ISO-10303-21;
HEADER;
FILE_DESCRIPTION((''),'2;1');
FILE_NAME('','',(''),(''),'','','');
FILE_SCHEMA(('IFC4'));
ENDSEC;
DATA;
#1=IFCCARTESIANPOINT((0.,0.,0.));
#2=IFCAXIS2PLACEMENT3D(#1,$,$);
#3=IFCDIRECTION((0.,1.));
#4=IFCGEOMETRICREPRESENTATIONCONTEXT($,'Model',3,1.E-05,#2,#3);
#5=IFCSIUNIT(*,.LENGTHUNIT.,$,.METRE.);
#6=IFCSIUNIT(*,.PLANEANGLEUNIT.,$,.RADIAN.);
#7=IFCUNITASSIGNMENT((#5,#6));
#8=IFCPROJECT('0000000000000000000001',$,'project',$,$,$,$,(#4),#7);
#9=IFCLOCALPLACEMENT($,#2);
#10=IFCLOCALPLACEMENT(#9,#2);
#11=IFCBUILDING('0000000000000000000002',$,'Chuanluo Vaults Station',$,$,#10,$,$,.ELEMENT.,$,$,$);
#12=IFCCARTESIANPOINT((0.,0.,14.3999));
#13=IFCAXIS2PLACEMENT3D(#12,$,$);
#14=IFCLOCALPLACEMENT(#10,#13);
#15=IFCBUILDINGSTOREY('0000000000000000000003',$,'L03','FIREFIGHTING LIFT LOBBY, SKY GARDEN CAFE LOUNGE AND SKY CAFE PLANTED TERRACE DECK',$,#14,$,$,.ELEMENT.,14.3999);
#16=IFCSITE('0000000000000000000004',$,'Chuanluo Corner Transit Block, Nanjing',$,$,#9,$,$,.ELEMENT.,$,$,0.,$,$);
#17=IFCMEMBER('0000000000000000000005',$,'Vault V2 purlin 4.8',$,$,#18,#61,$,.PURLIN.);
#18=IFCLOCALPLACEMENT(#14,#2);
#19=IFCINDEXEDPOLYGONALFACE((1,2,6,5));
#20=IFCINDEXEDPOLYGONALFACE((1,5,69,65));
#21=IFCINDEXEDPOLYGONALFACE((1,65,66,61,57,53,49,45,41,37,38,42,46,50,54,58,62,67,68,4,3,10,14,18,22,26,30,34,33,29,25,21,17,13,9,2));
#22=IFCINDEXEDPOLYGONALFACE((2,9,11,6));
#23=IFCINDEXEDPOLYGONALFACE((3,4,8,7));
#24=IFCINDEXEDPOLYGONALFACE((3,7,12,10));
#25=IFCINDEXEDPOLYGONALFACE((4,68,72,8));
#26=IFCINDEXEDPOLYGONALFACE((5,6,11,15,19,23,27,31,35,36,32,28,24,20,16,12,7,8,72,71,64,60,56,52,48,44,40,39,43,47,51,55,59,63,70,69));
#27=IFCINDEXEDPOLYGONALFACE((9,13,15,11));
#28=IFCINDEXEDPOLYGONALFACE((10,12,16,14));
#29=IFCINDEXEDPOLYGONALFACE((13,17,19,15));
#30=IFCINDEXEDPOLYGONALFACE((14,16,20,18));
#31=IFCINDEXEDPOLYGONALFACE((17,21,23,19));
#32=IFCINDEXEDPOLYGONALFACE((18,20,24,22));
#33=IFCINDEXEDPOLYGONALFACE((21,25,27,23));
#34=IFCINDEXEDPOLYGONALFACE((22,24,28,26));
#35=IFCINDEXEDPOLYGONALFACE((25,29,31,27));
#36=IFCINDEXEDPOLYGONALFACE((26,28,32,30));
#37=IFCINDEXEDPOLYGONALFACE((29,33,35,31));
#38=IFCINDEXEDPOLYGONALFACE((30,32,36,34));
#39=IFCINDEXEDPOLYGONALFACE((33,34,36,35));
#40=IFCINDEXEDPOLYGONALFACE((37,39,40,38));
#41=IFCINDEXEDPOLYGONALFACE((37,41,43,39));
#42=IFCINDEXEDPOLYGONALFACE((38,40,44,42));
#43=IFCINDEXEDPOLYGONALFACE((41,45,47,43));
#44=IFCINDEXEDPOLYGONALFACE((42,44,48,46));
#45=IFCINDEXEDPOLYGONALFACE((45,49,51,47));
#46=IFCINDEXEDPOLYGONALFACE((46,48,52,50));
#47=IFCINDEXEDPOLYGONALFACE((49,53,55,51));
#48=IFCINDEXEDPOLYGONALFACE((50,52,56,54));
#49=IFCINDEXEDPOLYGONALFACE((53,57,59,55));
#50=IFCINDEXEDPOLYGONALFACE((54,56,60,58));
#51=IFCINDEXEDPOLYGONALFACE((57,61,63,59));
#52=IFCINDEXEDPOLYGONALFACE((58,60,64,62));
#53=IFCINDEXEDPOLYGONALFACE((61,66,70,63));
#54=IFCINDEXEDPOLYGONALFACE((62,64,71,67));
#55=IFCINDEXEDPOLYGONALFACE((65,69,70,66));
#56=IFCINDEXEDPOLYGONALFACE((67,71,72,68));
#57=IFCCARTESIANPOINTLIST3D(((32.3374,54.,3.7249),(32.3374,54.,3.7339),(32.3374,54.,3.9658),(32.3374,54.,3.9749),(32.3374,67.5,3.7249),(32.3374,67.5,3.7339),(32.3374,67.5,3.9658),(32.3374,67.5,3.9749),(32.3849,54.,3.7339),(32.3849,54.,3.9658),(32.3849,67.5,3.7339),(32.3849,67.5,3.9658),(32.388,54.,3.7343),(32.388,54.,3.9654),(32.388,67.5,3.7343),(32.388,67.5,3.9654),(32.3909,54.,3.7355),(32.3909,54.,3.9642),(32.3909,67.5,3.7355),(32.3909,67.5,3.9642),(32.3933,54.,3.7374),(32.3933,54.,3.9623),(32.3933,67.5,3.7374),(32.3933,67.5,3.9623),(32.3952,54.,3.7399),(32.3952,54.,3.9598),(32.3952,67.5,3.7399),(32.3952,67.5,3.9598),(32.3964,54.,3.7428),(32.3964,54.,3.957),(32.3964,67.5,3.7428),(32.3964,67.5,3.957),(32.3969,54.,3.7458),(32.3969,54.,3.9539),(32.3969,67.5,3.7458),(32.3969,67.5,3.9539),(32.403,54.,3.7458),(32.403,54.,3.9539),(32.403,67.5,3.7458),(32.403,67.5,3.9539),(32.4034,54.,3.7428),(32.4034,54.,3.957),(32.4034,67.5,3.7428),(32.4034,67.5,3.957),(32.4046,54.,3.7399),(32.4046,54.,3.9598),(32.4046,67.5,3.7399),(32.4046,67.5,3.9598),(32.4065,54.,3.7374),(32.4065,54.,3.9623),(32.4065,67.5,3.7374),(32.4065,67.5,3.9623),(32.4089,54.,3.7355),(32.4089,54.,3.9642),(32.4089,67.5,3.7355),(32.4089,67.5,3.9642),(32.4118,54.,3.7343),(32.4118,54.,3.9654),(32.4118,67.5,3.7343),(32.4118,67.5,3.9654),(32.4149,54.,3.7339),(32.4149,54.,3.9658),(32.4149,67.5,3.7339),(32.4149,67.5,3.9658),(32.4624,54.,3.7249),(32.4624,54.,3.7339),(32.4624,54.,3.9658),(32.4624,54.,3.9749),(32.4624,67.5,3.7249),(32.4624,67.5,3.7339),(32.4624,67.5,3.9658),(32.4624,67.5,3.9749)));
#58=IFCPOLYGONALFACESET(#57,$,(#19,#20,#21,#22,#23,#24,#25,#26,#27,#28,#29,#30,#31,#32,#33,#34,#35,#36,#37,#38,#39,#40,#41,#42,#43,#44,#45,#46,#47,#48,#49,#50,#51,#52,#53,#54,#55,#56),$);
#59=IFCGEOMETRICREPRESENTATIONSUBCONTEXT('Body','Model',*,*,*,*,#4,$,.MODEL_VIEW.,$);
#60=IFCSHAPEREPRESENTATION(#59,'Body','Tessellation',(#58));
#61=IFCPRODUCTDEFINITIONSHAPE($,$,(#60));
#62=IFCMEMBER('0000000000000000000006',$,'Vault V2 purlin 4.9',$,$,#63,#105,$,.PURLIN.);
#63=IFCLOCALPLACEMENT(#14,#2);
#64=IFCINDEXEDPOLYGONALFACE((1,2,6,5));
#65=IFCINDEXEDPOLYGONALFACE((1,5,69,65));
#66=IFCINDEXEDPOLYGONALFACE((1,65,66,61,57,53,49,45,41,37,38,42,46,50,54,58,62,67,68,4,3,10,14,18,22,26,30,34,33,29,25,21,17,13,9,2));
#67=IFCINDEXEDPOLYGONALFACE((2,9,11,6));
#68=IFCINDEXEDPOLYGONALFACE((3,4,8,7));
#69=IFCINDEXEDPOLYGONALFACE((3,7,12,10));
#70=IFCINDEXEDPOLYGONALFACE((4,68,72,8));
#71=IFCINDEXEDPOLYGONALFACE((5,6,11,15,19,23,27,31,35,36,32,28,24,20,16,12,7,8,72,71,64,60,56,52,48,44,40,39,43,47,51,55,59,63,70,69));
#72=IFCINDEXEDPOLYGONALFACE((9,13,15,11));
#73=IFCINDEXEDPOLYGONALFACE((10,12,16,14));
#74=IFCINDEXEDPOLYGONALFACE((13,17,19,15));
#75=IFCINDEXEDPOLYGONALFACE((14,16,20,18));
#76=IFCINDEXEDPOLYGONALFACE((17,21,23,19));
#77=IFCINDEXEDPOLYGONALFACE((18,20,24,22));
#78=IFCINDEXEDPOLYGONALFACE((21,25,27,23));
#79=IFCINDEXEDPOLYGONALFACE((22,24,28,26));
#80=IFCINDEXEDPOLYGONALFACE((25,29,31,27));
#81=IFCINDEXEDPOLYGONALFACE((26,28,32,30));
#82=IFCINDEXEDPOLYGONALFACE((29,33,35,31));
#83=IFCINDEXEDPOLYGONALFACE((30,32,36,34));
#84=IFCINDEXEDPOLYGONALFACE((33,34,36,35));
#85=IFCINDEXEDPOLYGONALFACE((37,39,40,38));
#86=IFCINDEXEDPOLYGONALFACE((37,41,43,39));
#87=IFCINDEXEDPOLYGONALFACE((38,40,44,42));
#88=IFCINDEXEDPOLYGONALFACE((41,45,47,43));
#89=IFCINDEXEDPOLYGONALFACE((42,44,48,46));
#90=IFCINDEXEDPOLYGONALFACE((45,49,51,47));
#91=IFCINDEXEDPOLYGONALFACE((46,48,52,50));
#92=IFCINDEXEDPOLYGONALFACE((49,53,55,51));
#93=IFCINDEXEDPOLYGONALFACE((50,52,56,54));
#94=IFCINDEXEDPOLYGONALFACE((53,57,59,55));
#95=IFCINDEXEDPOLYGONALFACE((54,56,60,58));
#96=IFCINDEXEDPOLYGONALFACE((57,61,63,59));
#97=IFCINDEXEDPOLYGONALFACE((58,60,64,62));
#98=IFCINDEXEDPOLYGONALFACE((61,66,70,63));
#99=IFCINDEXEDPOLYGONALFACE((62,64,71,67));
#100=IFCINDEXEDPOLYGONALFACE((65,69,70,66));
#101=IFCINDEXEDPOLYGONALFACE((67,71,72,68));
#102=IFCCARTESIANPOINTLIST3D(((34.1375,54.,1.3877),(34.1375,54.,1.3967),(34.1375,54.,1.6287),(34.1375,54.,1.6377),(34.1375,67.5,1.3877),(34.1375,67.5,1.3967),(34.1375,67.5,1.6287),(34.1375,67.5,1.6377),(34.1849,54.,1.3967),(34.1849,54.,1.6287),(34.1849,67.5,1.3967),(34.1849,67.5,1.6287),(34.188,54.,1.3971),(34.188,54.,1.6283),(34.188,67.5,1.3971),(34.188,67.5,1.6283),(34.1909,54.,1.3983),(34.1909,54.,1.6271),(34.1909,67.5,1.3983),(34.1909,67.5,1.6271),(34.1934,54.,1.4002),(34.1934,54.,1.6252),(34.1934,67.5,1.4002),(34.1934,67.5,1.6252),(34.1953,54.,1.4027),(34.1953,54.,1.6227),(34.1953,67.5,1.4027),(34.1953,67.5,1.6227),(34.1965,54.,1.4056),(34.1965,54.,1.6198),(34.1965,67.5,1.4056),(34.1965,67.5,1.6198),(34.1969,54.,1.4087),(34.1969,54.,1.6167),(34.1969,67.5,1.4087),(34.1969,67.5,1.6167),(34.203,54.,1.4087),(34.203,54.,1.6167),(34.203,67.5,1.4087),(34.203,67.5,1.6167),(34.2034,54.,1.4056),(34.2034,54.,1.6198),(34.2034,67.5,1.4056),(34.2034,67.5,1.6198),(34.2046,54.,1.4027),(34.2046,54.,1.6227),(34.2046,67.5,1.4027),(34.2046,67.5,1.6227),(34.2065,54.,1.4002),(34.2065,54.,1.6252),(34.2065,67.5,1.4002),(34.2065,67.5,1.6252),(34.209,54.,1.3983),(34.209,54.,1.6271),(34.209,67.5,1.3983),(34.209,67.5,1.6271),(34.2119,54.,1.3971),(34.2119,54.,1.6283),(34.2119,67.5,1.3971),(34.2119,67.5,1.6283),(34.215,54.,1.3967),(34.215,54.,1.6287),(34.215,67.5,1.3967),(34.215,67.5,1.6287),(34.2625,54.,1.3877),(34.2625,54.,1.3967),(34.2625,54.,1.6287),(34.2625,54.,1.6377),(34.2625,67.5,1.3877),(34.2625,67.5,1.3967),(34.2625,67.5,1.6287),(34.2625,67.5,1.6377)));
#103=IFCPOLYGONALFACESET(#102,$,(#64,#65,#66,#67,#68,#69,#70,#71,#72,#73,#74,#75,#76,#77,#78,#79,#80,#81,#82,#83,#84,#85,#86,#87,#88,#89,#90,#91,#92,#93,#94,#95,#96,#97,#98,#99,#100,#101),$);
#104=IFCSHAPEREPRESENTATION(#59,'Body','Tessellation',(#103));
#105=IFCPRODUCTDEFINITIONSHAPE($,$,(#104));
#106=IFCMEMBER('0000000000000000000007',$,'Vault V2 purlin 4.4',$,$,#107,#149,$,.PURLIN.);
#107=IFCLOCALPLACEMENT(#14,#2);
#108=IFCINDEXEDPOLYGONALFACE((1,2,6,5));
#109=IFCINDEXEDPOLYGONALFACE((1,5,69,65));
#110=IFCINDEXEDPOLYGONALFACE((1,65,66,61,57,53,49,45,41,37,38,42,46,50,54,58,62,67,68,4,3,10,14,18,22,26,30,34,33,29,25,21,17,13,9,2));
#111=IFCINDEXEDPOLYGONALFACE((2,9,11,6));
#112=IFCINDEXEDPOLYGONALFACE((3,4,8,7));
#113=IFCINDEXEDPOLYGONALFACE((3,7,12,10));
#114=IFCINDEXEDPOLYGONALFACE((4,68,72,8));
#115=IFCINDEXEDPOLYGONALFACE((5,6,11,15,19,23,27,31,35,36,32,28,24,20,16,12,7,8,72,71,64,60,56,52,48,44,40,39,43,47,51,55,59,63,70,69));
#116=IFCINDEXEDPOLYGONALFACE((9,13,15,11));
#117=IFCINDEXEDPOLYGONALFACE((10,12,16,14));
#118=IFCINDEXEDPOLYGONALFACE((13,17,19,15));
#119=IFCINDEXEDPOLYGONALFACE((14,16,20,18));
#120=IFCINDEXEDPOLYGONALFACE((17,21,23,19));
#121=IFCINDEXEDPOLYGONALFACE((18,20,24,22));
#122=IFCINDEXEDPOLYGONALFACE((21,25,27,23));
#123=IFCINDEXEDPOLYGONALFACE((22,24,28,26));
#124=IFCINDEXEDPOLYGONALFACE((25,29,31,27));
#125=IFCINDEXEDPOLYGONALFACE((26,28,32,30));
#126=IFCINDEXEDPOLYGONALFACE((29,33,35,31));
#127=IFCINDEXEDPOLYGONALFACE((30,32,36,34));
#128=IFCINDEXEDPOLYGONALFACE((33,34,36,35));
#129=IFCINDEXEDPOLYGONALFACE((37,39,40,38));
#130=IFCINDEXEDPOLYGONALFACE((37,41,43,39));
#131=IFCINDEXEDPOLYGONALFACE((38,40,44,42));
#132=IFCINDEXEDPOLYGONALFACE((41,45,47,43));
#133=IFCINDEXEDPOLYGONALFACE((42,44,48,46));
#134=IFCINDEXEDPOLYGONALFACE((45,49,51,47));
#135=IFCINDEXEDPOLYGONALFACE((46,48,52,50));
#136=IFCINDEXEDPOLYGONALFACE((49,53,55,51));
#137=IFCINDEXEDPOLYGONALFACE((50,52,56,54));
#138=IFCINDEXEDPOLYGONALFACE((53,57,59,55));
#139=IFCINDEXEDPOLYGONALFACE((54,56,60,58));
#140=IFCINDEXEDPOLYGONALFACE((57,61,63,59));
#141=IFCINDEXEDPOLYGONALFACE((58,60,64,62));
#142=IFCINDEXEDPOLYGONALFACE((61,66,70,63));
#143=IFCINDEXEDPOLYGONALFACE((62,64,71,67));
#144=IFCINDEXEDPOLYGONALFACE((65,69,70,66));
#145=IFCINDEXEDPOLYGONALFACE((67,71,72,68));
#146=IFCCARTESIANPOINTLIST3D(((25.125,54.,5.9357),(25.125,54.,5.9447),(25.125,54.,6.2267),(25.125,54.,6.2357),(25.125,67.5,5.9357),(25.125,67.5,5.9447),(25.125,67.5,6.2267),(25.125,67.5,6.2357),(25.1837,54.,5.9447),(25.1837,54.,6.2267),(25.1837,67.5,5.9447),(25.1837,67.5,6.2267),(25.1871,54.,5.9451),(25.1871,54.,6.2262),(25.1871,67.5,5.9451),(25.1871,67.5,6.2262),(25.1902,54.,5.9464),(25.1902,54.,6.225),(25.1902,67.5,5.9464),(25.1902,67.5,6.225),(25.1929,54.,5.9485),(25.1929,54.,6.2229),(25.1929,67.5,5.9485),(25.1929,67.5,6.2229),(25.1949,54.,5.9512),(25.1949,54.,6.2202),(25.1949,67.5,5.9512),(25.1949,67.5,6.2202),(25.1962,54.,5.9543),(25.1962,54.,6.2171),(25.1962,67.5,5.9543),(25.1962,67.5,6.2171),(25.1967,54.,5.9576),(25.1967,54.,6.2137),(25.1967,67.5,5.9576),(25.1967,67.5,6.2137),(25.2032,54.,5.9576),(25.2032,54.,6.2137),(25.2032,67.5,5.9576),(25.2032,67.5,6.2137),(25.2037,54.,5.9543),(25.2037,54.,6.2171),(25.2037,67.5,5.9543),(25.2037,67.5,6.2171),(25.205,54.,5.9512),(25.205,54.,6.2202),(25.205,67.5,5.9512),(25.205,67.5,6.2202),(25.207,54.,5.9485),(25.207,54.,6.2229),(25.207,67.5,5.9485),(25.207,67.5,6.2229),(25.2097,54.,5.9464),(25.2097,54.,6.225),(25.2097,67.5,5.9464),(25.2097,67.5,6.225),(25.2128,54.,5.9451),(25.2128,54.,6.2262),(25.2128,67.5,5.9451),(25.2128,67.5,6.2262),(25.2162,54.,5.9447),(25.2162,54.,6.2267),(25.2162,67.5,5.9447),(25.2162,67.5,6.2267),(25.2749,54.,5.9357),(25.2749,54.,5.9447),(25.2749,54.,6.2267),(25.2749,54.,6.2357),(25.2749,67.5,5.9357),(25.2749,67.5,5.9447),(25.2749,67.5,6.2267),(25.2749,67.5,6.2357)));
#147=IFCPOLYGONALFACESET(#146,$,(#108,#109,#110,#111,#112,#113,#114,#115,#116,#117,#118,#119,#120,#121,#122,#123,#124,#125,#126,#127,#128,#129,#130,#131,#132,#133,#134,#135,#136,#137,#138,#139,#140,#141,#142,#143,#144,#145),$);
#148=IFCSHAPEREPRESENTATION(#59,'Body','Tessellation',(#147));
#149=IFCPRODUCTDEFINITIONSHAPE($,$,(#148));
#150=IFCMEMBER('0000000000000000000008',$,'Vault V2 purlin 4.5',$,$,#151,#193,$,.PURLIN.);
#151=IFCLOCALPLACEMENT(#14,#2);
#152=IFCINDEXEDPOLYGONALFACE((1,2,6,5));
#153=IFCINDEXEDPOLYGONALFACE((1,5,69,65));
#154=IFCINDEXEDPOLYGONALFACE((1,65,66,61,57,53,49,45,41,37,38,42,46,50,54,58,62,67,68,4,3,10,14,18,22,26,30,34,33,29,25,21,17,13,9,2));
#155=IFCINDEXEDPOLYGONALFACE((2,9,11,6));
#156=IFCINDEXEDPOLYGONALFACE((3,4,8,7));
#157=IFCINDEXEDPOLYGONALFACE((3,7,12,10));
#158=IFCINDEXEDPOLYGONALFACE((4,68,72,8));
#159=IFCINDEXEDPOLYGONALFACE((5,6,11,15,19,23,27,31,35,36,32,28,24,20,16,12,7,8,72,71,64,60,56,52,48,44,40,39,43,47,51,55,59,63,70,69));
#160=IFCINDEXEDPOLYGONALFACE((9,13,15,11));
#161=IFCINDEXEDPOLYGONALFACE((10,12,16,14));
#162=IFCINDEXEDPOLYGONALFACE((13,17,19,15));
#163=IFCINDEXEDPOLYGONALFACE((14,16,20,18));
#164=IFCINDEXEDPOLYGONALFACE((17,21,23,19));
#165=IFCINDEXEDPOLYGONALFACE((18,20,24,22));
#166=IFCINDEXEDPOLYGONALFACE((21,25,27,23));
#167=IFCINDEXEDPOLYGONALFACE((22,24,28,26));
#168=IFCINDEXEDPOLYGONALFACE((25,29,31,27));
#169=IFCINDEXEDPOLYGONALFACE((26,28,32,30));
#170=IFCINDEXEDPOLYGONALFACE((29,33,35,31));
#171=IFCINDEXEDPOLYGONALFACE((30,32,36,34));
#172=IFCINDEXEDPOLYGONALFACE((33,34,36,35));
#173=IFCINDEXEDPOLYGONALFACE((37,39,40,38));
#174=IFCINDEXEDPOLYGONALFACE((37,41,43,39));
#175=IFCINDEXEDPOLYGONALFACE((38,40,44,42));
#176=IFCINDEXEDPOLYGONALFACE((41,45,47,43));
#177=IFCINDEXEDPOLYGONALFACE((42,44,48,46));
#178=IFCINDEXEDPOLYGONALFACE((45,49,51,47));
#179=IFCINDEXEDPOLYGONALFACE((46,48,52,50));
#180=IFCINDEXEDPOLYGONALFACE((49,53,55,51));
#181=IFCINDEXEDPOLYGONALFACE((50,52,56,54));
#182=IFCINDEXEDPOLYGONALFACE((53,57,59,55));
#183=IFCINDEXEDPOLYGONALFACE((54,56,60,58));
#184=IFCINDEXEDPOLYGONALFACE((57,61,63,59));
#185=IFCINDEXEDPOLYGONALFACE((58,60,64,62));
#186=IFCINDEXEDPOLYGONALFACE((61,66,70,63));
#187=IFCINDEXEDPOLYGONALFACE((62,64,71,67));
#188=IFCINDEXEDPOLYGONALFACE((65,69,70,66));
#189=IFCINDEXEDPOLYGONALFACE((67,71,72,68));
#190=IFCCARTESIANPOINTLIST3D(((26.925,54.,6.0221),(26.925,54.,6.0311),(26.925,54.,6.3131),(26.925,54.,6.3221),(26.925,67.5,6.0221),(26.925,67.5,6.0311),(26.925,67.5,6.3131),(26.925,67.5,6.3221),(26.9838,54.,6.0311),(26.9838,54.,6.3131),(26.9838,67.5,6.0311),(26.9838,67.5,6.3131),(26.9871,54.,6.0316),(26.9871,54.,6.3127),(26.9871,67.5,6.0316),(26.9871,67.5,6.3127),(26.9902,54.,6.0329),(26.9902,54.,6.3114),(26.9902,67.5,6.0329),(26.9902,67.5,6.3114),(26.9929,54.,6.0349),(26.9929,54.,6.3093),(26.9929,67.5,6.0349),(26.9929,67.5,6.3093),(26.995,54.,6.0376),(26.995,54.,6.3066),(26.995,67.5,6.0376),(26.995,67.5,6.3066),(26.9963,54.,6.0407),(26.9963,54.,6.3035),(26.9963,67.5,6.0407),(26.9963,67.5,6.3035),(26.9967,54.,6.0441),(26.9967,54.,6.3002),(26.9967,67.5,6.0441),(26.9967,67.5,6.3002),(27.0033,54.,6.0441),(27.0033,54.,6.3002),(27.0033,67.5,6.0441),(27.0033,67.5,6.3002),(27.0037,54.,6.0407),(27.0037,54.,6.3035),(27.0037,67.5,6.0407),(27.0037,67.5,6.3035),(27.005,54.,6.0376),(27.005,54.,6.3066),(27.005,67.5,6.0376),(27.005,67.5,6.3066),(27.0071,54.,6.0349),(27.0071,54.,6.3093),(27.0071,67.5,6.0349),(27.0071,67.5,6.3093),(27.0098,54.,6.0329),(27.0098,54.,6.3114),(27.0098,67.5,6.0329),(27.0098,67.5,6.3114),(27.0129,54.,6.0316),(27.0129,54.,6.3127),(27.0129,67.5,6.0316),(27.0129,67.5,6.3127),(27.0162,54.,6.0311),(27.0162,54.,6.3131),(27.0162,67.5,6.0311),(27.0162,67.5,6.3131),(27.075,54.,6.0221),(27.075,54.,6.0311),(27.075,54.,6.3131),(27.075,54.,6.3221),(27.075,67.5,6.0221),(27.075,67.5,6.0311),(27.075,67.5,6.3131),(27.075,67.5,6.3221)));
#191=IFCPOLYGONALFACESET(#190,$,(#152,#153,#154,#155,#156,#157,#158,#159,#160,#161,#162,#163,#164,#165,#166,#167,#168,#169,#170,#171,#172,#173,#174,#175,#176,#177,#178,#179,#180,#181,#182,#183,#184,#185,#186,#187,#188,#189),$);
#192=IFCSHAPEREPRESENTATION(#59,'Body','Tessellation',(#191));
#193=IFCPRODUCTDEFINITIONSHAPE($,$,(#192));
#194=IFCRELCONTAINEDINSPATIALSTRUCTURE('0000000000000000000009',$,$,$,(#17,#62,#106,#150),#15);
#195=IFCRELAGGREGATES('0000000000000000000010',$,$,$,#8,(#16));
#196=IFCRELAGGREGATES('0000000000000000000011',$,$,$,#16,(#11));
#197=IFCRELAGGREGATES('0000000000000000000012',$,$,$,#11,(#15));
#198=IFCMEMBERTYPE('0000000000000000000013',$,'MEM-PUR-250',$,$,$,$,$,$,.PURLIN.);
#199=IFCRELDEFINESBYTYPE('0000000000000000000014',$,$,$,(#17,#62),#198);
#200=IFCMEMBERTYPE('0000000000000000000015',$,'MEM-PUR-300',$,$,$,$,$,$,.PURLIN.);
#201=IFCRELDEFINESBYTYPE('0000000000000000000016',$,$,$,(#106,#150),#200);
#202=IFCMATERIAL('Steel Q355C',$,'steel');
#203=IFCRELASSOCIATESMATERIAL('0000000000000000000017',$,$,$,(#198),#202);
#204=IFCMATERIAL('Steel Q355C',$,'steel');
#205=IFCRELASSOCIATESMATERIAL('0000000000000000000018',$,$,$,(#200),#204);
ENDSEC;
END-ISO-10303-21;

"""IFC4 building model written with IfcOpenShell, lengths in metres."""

from ifc_helpers import new_model, si_unit, direction, frame, origin, origin_2d, place, context, subcontext, project, spatial, i_section, extrude, material, material_profile, profile_set, type_object, element, save


model = new_model("IFC4")

# Units and contexts
model_context = context("Model", 3, precision=1e-05, world=origin(), true_north=direction((0.0, 1.0)))
body_context = subcontext(model_context, "Body", "Model", "MODEL_VIEW")
ifc_project = project(units=[si_unit("LENGTHUNIT", "METRE"), si_unit("PLANEANGLEUNIT", "RADIAN")], contexts=[model_context])

# Site, building, storey
site_placement = place(None, origin())
site = spatial("IfcSite", under=ifc_project, at=site_placement, Name="Chuanluo Corner Transit Block, Nanjing", CompositionType="ELEMENT", RefElevation=0.0)
building_placement = place(site_placement, origin())
building = spatial("IfcBuilding", under=site, at=building_placement, Name="Chuanluo Vaults Station", CompositionType="ELEMENT")
storey_placement = place(building_placement, frame((0.0, 0.0, 14.3999)))
storey = spatial("IfcBuildingStorey", under=building, at=storey_placement, Name="L03", Description="FIREFIGHTING LIFT LOBBY, SKY GARDEN CAFE LOUNGE AND SKY CAFE PLANTED TERRACE DECK", CompositionType="ELEMENT", Elevation=14.3999)

# Members
ifc_material_1 = material(Name="Steel Q355C", Category="steel")
ifc_material_profile_1 = material_profile(ifc_material_1, i_section(OverallWidth=0.125, OverallDepth=0.25, WebThickness=0.0061, FlangeThickness=0.009, FilletRadius=0.012, at=origin_2d()))
ifc_profile_set_1 = profile_set([ifc_material_profile_1], Name="Steel Q355C")
member_type_1 = type_object("IfcMemberType", Name="MEM-PUR-250", PredefinedType="PURLIN", material=ifc_profile_set_1)
for number, where, z_axis, x_axis, name in (
    (1, (32.3999, 54.0, 3.8499), (0.0, 1.0, 0.0), (-1.0, 0.0, 0.0), "Vault V2 purlin 4.8"),
    (2, (34.2, 54.0, 1.5127), (0.0, 1.0, 0.0), (-1.0, 0.0, 0.0), "Vault V2 purlin 4.9"),
):
    element("IfcMember", number, at=place(storey_placement, frame(where, z_axis=z_axis, x_axis=x_axis)), inside=storey, type_object=member_type_1, Name=name, PredefinedType="PURLIN", context=body_context, shape_type="SweptSolid", body=[
        extrude(i_section(OverallWidth=0.125, OverallDepth=0.25, WebThickness=0.0061, FlangeThickness=0.009, FilletRadius=0.012, at=origin_2d()), origin(), (0.0, 0.0, 1.0), 13.5),
    ])
ifc_material_2 = material(Name="Steel Q355C", Category="steel")
ifc_material_profile_2 = material_profile(ifc_material_2, i_section(OverallWidth=0.1499, OverallDepth=0.3, WebThickness=0.0066, FlangeThickness=0.009, FilletRadius=0.0129, at=origin_2d()))
ifc_profile_set_2 = profile_set([ifc_material_profile_2], Name="Steel Q355C")
member_type_2 = type_object("IfcMemberType", Name="MEM-PUR-300", PredefinedType="PURLIN", material=ifc_profile_set_2)
for number, where, z_axis, x_axis, name in (
    (3, (25.2, 54.0, 6.0857), (0.0, 1.0, 0.0), (-1.0, 0.0, 0.0), "Vault V2 purlin 4.4"),
    (4, (27.0, 54.0, 6.1721), (0.0, 1.0, 0.0), (-1.0, 0.0, 0.0), "Vault V2 purlin 4.5"),
):
    element("IfcMember", number, at=place(storey_placement, frame(where, z_axis=z_axis, x_axis=x_axis)), inside=storey, type_object=member_type_2, Name=name, PredefinedType="PURLIN", context=body_context, shape_type="SweptSolid", body=[
        extrude(i_section(OverallWidth=0.1499, OverallDepth=0.3, WebThickness=0.0066, FlangeThickness=0.009, FilletRadius=0.0129, at=origin_2d()), origin(), (0.0, 0.0, 1.0), 13.5),
    ])

save(model, "model.ifc")
